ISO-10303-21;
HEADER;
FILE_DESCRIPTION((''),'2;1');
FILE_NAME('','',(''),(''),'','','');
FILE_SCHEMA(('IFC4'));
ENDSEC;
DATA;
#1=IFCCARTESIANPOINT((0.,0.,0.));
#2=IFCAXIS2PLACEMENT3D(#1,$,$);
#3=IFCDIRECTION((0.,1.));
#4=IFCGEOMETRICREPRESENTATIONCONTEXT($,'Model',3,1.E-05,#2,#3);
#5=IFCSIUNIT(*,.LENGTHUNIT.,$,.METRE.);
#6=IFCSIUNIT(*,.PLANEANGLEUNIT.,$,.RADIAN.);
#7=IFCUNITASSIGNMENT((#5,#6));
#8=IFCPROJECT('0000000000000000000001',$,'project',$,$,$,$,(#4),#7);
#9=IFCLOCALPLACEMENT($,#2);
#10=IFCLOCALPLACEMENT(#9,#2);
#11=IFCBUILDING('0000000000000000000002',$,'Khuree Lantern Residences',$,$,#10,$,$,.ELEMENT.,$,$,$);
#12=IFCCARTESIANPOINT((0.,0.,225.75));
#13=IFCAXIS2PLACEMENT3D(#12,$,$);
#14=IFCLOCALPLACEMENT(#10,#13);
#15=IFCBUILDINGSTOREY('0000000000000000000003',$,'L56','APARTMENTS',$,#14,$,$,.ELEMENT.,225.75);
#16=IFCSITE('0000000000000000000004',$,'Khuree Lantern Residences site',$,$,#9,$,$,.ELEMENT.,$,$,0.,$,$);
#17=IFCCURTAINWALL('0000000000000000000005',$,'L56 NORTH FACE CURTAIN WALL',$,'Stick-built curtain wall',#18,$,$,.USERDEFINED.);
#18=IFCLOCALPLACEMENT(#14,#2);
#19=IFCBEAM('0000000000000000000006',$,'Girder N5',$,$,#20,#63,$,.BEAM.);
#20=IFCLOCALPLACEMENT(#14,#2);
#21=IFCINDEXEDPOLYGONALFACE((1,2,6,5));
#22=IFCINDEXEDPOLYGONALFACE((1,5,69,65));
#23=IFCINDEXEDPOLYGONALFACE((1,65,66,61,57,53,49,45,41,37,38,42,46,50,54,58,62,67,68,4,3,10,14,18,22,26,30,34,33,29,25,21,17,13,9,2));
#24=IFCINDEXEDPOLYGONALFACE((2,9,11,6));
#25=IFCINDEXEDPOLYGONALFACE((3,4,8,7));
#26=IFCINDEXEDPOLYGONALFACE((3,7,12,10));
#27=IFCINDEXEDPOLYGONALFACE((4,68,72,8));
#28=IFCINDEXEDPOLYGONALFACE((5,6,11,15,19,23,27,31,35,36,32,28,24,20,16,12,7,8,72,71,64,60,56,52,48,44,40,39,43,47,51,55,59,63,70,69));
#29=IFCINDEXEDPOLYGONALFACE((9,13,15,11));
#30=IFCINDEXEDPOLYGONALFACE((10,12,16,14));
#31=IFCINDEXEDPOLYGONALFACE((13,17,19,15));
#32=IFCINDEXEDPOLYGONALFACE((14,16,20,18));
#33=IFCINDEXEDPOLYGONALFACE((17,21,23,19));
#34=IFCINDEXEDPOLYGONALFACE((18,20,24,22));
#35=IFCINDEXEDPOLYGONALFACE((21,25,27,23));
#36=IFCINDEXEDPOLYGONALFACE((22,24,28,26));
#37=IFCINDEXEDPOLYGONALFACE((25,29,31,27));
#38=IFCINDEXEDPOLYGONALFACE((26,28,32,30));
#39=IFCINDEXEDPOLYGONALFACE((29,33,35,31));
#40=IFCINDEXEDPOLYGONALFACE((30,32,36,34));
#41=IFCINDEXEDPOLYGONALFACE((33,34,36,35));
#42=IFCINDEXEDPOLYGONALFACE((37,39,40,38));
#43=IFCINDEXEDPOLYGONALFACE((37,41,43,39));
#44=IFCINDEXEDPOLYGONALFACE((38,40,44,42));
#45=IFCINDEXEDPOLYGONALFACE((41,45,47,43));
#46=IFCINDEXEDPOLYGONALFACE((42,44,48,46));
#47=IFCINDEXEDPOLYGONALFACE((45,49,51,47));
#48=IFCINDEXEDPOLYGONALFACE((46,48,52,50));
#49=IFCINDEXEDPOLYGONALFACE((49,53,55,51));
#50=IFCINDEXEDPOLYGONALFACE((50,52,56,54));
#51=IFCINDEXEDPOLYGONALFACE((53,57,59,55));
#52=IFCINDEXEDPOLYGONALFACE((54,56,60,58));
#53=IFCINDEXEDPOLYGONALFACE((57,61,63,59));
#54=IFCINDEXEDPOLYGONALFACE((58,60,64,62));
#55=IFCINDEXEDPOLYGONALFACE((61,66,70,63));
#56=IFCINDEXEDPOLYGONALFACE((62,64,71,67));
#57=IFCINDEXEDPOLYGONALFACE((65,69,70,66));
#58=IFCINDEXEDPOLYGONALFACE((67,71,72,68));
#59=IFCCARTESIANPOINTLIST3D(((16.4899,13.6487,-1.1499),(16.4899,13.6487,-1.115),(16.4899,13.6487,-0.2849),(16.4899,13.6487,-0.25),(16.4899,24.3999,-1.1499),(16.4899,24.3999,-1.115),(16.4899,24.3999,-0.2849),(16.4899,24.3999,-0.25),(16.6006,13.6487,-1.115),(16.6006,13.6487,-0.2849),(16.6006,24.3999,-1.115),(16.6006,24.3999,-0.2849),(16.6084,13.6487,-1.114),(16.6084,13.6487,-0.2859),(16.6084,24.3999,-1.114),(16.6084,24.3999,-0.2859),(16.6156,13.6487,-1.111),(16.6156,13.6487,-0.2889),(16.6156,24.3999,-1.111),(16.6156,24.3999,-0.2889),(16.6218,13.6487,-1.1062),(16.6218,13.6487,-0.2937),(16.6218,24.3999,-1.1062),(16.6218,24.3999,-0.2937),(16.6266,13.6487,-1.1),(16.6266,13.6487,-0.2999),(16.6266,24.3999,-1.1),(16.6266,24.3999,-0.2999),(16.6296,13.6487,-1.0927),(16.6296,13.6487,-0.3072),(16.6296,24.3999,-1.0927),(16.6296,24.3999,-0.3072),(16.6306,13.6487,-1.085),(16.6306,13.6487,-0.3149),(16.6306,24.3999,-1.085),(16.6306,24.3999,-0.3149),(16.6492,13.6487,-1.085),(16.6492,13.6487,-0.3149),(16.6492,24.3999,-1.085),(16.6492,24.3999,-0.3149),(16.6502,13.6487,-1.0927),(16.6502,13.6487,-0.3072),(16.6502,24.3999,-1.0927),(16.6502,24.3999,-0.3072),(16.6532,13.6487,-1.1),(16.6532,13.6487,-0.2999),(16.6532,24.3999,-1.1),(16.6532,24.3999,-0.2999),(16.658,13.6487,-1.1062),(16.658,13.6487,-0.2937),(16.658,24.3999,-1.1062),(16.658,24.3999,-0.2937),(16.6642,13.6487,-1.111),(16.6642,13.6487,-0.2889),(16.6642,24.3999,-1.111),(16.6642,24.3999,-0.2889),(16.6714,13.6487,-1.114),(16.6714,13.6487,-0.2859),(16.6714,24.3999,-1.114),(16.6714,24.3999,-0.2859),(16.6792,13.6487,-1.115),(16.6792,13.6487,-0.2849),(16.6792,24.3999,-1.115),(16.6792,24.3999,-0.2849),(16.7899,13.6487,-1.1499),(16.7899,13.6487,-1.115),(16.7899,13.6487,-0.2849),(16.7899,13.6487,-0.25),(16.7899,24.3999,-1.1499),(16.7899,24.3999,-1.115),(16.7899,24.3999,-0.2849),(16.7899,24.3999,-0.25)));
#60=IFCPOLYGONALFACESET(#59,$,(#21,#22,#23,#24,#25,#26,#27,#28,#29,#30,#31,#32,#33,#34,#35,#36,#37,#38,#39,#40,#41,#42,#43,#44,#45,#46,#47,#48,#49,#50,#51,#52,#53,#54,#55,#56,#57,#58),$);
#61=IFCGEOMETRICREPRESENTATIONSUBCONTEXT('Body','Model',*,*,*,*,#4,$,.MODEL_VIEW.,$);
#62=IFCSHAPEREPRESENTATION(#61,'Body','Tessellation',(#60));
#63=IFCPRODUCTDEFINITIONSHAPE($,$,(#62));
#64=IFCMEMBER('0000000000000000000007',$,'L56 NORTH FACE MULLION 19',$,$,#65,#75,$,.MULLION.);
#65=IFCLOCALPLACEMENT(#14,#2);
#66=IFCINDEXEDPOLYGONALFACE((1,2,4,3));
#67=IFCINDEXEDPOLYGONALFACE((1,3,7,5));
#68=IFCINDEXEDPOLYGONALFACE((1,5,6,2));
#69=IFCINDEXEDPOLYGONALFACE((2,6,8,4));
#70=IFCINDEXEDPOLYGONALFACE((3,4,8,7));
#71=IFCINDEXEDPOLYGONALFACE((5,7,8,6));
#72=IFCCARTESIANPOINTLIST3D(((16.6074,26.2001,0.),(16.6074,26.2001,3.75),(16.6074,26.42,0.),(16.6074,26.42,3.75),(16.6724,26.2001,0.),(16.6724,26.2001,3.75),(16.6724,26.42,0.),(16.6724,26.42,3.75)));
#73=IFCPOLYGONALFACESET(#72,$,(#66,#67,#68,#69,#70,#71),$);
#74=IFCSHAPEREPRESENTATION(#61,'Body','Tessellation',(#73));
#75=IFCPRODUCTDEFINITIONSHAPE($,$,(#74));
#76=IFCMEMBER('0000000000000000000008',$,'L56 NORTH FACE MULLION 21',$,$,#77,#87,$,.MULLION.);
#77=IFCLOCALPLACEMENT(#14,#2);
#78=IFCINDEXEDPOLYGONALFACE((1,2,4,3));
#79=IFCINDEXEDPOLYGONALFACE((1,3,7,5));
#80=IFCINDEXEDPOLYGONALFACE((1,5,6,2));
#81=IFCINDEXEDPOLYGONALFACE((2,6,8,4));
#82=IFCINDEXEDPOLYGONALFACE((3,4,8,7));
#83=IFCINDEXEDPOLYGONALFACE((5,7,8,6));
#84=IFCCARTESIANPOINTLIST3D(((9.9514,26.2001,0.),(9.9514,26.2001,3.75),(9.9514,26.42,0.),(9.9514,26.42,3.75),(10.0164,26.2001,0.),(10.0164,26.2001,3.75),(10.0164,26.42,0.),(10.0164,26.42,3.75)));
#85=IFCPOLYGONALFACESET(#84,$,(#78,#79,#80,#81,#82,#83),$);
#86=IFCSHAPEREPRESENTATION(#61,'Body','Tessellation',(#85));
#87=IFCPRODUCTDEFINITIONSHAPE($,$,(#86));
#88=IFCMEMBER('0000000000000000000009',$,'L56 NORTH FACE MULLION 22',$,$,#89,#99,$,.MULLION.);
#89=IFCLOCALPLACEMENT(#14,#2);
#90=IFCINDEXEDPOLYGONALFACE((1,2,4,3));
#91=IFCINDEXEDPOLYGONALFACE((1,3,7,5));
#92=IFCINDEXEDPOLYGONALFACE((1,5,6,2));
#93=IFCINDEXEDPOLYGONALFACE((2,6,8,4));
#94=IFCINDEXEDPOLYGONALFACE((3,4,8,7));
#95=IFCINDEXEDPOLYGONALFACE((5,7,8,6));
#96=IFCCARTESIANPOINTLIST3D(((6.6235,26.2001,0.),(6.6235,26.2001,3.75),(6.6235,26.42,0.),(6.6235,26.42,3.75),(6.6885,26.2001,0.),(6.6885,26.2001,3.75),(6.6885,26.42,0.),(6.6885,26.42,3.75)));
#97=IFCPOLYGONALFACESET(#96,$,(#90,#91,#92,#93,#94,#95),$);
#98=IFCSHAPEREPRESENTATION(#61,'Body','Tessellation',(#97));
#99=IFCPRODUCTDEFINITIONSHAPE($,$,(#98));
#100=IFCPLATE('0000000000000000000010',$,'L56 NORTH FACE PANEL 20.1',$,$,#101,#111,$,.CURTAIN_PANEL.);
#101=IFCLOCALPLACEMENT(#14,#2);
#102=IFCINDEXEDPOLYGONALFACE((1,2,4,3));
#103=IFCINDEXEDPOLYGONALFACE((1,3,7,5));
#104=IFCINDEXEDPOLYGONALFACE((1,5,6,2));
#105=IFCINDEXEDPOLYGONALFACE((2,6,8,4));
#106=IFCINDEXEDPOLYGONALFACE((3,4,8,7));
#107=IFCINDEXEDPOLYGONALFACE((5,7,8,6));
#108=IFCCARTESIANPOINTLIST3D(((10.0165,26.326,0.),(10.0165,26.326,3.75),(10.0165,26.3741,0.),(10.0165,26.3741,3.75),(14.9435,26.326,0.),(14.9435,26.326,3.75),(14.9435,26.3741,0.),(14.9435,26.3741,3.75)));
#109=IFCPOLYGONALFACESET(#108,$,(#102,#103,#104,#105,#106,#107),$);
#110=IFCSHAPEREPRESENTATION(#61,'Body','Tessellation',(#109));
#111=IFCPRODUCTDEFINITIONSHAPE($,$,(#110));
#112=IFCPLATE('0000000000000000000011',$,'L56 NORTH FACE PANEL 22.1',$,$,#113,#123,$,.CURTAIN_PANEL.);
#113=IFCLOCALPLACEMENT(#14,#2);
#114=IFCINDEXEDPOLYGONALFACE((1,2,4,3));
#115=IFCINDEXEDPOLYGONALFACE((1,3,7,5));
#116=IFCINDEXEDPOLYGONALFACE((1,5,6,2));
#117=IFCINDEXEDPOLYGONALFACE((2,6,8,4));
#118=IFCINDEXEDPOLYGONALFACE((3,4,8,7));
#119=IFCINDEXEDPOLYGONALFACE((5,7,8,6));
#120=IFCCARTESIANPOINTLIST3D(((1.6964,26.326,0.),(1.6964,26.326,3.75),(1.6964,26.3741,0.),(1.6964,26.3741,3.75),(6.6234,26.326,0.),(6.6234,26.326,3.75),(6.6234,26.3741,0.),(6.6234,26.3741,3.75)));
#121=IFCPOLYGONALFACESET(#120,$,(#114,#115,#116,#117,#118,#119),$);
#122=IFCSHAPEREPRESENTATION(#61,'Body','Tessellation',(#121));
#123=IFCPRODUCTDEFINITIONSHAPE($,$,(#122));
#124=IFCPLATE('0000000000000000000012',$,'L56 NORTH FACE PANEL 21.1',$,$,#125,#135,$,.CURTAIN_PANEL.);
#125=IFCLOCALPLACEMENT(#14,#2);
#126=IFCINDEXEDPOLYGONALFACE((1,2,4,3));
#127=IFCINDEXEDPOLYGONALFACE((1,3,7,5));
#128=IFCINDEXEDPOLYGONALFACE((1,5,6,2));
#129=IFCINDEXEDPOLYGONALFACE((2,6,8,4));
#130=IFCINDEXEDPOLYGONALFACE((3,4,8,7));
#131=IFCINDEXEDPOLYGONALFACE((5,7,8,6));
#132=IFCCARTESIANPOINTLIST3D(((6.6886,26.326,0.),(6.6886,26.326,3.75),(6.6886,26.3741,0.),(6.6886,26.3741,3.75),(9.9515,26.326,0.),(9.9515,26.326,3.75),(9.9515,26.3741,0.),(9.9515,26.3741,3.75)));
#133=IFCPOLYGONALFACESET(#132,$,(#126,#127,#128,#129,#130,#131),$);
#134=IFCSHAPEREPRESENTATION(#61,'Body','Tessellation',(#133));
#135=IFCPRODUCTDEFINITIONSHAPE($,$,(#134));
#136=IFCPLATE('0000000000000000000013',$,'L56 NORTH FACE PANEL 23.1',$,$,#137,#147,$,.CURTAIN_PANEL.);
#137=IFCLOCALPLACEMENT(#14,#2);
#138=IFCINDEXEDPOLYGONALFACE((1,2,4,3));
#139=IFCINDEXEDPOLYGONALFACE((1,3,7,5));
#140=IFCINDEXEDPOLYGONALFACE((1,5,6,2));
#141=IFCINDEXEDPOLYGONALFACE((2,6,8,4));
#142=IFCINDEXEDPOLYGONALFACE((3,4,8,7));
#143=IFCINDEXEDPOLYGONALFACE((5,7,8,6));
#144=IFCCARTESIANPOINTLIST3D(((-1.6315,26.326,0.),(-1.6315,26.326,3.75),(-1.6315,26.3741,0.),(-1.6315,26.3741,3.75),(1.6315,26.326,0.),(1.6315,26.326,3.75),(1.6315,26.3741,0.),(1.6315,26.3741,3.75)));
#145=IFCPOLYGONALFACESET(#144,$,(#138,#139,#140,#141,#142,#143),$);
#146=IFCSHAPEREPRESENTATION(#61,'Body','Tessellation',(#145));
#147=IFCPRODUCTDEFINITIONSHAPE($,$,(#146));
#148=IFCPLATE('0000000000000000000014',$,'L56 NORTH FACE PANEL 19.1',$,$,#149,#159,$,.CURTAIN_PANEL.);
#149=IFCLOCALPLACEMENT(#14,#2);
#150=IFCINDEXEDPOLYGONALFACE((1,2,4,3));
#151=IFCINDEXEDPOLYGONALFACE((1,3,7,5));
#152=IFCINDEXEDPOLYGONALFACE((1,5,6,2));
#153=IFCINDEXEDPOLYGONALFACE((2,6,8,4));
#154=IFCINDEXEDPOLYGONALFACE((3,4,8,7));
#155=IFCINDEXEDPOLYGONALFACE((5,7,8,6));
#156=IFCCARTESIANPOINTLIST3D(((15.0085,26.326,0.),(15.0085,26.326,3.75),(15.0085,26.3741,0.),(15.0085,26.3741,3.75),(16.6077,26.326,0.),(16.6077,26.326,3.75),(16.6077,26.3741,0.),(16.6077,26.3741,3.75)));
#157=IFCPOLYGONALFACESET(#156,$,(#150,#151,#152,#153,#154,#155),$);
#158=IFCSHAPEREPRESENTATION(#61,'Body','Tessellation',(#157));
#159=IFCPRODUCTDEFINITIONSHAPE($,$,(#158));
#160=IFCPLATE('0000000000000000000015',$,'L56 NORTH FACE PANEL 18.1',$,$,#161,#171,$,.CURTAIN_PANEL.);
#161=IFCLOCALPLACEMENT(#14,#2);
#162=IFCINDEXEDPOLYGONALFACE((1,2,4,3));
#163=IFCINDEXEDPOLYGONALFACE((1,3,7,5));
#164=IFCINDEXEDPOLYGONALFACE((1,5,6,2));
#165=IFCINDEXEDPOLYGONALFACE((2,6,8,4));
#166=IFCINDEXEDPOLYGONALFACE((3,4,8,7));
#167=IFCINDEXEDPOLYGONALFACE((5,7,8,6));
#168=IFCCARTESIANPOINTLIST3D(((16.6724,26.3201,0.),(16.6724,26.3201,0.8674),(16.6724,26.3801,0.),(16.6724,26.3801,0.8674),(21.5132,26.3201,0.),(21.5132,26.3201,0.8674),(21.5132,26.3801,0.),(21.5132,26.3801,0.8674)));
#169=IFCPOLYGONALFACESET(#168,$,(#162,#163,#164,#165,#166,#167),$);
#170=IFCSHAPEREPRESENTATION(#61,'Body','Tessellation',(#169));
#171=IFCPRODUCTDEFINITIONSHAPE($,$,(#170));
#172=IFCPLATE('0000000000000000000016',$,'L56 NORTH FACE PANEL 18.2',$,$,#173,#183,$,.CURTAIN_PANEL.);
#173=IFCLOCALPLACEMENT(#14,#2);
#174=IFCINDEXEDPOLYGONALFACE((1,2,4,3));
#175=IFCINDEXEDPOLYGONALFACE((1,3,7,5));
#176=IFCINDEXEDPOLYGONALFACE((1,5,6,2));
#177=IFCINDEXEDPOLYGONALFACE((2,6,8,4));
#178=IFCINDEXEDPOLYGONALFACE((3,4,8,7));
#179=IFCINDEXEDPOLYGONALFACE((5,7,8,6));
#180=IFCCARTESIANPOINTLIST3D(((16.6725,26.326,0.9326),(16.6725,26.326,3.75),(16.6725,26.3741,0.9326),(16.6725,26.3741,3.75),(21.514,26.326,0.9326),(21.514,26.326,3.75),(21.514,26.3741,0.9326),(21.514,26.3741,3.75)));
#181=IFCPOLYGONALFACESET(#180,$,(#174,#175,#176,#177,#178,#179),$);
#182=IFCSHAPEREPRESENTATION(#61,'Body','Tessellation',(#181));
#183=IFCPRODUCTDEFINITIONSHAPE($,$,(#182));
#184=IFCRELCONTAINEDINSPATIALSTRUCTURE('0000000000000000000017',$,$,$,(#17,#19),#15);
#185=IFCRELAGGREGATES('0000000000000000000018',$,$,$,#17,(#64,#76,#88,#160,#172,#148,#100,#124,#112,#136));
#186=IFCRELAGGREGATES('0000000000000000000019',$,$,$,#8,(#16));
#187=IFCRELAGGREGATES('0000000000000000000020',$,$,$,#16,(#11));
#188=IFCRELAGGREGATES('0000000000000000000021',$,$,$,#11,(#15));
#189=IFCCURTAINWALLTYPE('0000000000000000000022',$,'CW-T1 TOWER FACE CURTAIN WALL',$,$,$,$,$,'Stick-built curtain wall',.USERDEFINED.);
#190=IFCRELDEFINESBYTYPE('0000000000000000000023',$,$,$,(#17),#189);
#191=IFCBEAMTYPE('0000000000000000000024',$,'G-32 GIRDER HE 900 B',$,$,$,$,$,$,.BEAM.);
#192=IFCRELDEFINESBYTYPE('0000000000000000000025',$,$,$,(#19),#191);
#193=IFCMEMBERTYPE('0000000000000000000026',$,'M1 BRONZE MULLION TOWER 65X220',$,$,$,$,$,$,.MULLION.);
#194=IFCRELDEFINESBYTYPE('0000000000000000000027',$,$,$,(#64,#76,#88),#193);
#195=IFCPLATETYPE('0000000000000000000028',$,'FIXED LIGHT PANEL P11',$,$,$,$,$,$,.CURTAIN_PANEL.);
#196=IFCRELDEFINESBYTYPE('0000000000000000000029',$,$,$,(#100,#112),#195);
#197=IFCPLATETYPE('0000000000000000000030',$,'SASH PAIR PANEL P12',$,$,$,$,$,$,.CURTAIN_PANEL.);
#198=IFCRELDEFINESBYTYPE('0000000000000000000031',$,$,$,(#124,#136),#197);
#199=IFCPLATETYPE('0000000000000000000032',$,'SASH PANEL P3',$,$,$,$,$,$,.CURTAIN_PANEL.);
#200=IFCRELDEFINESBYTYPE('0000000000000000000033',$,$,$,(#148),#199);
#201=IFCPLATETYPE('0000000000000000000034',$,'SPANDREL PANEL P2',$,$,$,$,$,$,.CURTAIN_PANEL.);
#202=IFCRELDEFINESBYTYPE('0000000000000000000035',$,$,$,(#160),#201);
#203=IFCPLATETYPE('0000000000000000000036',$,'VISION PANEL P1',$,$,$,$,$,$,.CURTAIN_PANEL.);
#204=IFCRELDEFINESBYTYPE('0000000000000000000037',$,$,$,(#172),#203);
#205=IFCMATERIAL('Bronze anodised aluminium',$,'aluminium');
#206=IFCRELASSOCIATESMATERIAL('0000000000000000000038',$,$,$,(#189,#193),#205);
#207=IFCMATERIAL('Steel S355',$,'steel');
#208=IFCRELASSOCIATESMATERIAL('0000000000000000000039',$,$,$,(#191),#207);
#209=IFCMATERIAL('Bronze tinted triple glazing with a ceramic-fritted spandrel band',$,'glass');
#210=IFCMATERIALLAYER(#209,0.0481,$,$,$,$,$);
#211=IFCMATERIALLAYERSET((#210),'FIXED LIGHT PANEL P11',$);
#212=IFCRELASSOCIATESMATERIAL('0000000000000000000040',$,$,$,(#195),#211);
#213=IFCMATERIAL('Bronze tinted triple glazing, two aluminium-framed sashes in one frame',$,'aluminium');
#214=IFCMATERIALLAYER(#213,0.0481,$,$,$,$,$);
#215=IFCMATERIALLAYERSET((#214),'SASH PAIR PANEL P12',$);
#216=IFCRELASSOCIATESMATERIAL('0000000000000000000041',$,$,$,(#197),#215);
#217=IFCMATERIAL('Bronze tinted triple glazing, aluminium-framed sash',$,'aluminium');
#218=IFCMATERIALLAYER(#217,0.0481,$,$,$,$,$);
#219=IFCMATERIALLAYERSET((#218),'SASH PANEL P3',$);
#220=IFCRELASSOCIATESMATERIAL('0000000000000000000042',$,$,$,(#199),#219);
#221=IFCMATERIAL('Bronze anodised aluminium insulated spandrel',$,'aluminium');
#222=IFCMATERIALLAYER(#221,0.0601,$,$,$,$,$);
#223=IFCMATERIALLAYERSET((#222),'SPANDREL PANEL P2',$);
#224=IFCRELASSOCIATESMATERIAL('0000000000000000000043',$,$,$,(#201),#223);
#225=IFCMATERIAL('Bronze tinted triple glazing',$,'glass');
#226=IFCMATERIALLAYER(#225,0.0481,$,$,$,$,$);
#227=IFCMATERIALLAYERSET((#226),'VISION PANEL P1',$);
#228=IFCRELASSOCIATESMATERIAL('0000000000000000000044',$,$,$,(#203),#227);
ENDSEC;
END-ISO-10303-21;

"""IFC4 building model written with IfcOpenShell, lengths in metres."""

from ifc_helpers import new_model, si_unit, direction, frame, origin, origin_2d, place, context, subcontext, project, spatial, rectangle, i_section, extrude, material, layer, layer_set, material_profile, profile_set, type_object, element, aggregate, save


model = new_model("IFC4")

# Units and contexts
model_context = context("Model", 3, precision=1e-05, world=origin(), true_north=direction((0.0, 1.0)))
body_context = subcontext(model_context, "Body", "Model", "MODEL_VIEW")
ifc_project = project(units=[si_unit("LENGTHUNIT", "METRE"), si_unit("PLANEANGLEUNIT", "RADIAN")], contexts=[model_context])

# Site, building, storey
site_placement = place(None, origin())
site = spatial("IfcSite", under=ifc_project, at=site_placement, Name="Khuree Lantern Residences site", CompositionType="ELEMENT", RefElevation=0.0)
building_placement = place(site_placement, origin())
building = spatial("IfcBuilding", under=site, at=building_placement, Name="Khuree Lantern Residences", CompositionType="ELEMENT")
storey_placement = place(building_placement, frame((0.0, 0.0, 225.75)))
storey = spatial("IfcBuildingStorey", under=building, at=storey_placement, Name="L56", Description="APARTMENTS", CompositionType="ELEMENT", Elevation=225.75)

# Shared definitions
ifc_material_1 = material(Name="Steel S355", Category="steel")

# Curtain wall
ifc_material_2 = material(Name="Bronze anodised aluminium", Category="aluminium")
curtain_wall_type = type_object("IfcCurtainWallType", Name="CW-T1 TOWER FACE CURTAIN WALL", ElementType="Stick-built curtain wall", PredefinedType="USERDEFINED", material=ifc_material_2)
curtain_wall_placement = place(storey_placement, origin())
curtain_wall = element("IfcCurtainWall", 1, at=curtain_wall_placement, inside=storey, type_object=curtain_wall_type, Name="L56 NORTH FACE CURTAIN WALL", ObjectType="Stick-built curtain wall", PredefinedType="USERDEFINED")

# Beam
ifc_material_profile_1 = material_profile(ifc_material_1, i_section(OverallWidth=0.3, OverallDepth=0.8999, WebThickness=0.0186, FlangeThickness=0.0349, FilletRadius=0.03, at=origin_2d()), Name="HE 900 B")
ifc_profile_set_1 = profile_set([ifc_material_profile_1], Name="Steel S355")
beam_type_1 = type_object("IfcBeamType", Name="G-32 GIRDER HE 900 B", PredefinedType="BEAM", material=ifc_profile_set_1)
beam_1_placement = place(storey_placement, frame((16.6399, 24.3999, -0.7), z_axis=(0.0, -1.0, 0.0), x_axis=(1.0, 0.0, 0.0)))
element("IfcBeam", 2, at=beam_1_placement, inside=storey, type_object=beam_type_1, Name="Girder N5", PredefinedType="BEAM", context=body_context, shape_type="SweptSolid", body=[
    extrude(i_section(OverallWidth=0.3, OverallDepth=0.8999, WebThickness=0.0186, FlangeThickness=0.0349, FilletRadius=0.03, at=origin_2d()), origin(), (0.0, 0.0, 1.0), 10.7512),
])

# Members
ifc_material_profile_2 = material_profile(ifc_material_2, rectangle(XDim=0.0649, YDim=0.22, at=origin_2d()), Name="M1 65X220")
ifc_profile_set_2 = profile_set([ifc_material_profile_2], Name="Bronze anodised aluminium")
member_type_1 = type_object("IfcMemberType", Name="M1 BRONZE MULLION TOWER 65X220", PredefinedType="MULLION", material=ifc_profile_set_2)
member_1_placement = place(storey_placement, frame((16.6399, 26.3101, 0.0), z_axis=(0.0, 0.0, 1.0), x_axis=(-1.0, 0.0, 0.0)))
member_1 = element("IfcMember", 3, at=member_1_placement, type_object=member_type_1, Name="L56 NORTH FACE MULLION 19", PredefinedType="MULLION", context=body_context, shape_type="SweptSolid", body=[
    extrude(rectangle(XDim=0.0649, YDim=0.22, at=origin_2d()), origin(), (0.0, 0.0, 1.0), 3.75),
])
member_2_placement = place(storey_placement, frame((9.9839, 26.3101, 0.0), z_axis=(0.0, 0.0, 1.0), x_axis=(-1.0, 0.0, 0.0)))
member_2 = element("IfcMember", 4, at=member_2_placement, type_object=member_type_1, Name="L56 NORTH FACE MULLION 21", PredefinedType="MULLION", context=body_context, shape_type="SweptSolid", body=[
    extrude(rectangle(XDim=0.0649, YDim=0.22, at=origin_2d()), origin(), (0.0, 0.0, 1.0), 3.75),
])
member_3_placement = place(storey_placement, frame((6.656, 26.3101, 0.0), z_axis=(0.0, 0.0, 1.0), x_axis=(-1.0, 0.0, 0.0)))
member_3 = element("IfcMember", 5, at=member_3_placement, type_object=member_type_1, Name="L56 NORTH FACE MULLION 22", PredefinedType="MULLION", context=body_context, shape_type="SweptSolid", body=[
    extrude(rectangle(XDim=0.0649, YDim=0.22, at=origin_2d()), origin(), (0.0, 0.0, 1.0), 3.75),
])

# Plates
ifc_material_3 = material(Name="Bronze tinted triple glazing with a ceramic-fritted spandrel band", Category="glass")
ifc_layer_1 = layer(ifc_material_3, 0.0481)
ifc_layer_set_1 = layer_set([ifc_layer_1], Name="FIXED LIGHT PANEL P11")
plate_type_1 = type_object("IfcPlateType", Name="FIXED LIGHT PANEL P11", PredefinedType="CURTAIN_PANEL", material=ifc_layer_set_1)
plate_1_placement = place(storey_placement, frame((12.48, 26.3501, 0.0), z_axis=(0.0, 0.0, 1.0), x_axis=(-1.0, 0.0, 0.0)))
plate_1 = element("IfcPlate", 6, at=plate_1_placement, type_object=plate_type_1, Name="L56 NORTH FACE PANEL 20.1", PredefinedType="CURTAIN_PANEL", context=body_context, shape_type="SweptSolid", body=[
    extrude(rectangle(XDim=4.927, YDim=0.0481, at=origin_2d()), origin(), (0.0, 0.0, 1.0), 3.75),
])
plate_2_placement = place(storey_placement, frame((4.1599, 26.3501, 0.0), z_axis=(0.0, 0.0, 1.0), x_axis=(-1.0, 0.0, 0.0)))
plate_2 = element("IfcPlate", 7, at=plate_2_placement, type_object=plate_type_1, Name="L56 NORTH FACE PANEL 22.1", PredefinedType="CURTAIN_PANEL", context=body_context, shape_type="SweptSolid", body=[
    extrude(rectangle(XDim=4.927, YDim=0.0481, at=origin_2d()), origin(), (0.0, 0.0, 1.0), 3.75),
])
ifc_material_4 = material(Name="Bronze tinted triple glazing, two aluminium-framed sashes in one frame", Category="aluminium")
ifc_layer_2 = layer(ifc_material_4, 0.0481)
ifc_layer_set_2 = layer_set([ifc_layer_2], Name="SASH PAIR PANEL P12")
plate_type_2 = type_object("IfcPlateType", Name="SASH PAIR PANEL P12", PredefinedType="CURTAIN_PANEL", material=ifc_layer_set_2)
plate_3_placement = place(storey_placement, frame((8.3201, 26.3501, 0.0), z_axis=(0.0, 0.0, 1.0), x_axis=(-1.0, 0.0, 0.0)))
plate_3 = element("IfcPlate", 8, at=plate_3_placement, type_object=plate_type_2, Name="L56 NORTH FACE PANEL 21.1", PredefinedType="CURTAIN_PANEL", context=body_context, shape_type="SweptSolid", body=[
    extrude(rectangle(XDim=3.2629, YDim=0.0481, at=origin_2d()), origin(), (0.0, 0.0, 1.0), 3.75),
])
plate_4_placement = place(storey_placement, frame((0.0, 26.3501, 0.0), z_axis=(0.0, 0.0, 1.0), x_axis=(-1.0, 0.0, 0.0)))
plate_4 = element("IfcPlate", 9, at=plate_4_placement, type_object=plate_type_2, Name="L56 NORTH FACE PANEL 23.1", PredefinedType="CURTAIN_PANEL", context=body_context, shape_type="SweptSolid", body=[
    extrude(rectangle(XDim=3.2629, YDim=0.0481, at=origin_2d()), origin(), (0.0, 0.0, 1.0), 3.75),
])
ifc_material_5 = material(Name="Bronze tinted triple glazing, aluminium-framed sash", Category="aluminium")
ifc_layer_3 = layer(ifc_material_5, 0.0481)
ifc_layer_set_3 = layer_set([ifc_layer_3], Name="SASH PANEL P3")
plate_type_3 = type_object("IfcPlateType", Name="SASH PANEL P3", PredefinedType="CURTAIN_PANEL", material=ifc_layer_set_3)
plate_5_placement = place(storey_placement, frame((15.8081, 26.3501, 0.0), z_axis=(0.0, 0.0, 1.0), x_axis=(-1.0, 0.0, 0.0)))
plate_5 = element("IfcPlate", 10, at=plate_5_placement, type_object=plate_type_3, Name="L56 NORTH FACE PANEL 19.1", PredefinedType="CURTAIN_PANEL", context=body_context, shape_type="SweptSolid", body=[
    extrude(rectangle(XDim=1.5991, YDim=0.0481, at=origin_2d()), origin(), (0.0, 0.0, 1.0), 3.75),
])
ifc_material_6 = material(Name="Bronze anodised aluminium insulated spandrel", Category="aluminium")
ifc_layer_4 = layer(ifc_material_6, 0.0601)
ifc_layer_set_4 = layer_set([ifc_layer_4], Name="SPANDREL PANEL P2")
plate_type_4 = type_object("IfcPlateType", Name="SPANDREL PANEL P2", PredefinedType="CURTAIN_PANEL", material=ifc_layer_set_4)
plate_6_placement = place(storey_placement, frame((19.0928, 26.3501, 0.0), z_axis=(0.0, 0.0, 1.0), x_axis=(-1.0, 0.0, 0.0)))
plate_6 = element("IfcPlate", 11, at=plate_6_placement, type_object=plate_type_4, Name="L56 NORTH FACE PANEL 18.1", PredefinedType="CURTAIN_PANEL", context=body_context, shape_type="SweptSolid", body=[
    extrude(rectangle(XDim=4.8408, YDim=0.0601, at=origin_2d()), origin(), (0.0, 0.0, 1.0), 0.8674),
])
ifc_material_7 = material(Name="Bronze tinted triple glazing", Category="glass")
ifc_layer_5 = layer(ifc_material_7, 0.0481)
ifc_layer_set_5 = layer_set([ifc_layer_5], Name="VISION PANEL P1")
plate_type_5 = type_object("IfcPlateType", Name="VISION PANEL P1", PredefinedType="CURTAIN_PANEL", material=ifc_layer_set_5)
plate_7_placement = place(storey_placement, frame((19.0933, 26.3501, 0.9326), z_axis=(0.0, 0.0, 1.0), x_axis=(-1.0, 0.0, 0.0)))
plate_7 = element("IfcPlate", 12, at=plate_7_placement, type_object=plate_type_5, Name="L56 NORTH FACE PANEL 18.2", PredefinedType="CURTAIN_PANEL", context=body_context, shape_type="SweptSolid", body=[
    extrude(rectangle(XDim=4.8416, YDim=0.0481, at=origin_2d()), origin(), (0.0, 0.0, 1.0), 2.8174),
])
aggregate(curtain_wall, [member_1, member_2, member_3, plate_6, plate_7, plate_5, plate_1, plate_3, plate_2, plate_4])

save(model, "model.ifc")
